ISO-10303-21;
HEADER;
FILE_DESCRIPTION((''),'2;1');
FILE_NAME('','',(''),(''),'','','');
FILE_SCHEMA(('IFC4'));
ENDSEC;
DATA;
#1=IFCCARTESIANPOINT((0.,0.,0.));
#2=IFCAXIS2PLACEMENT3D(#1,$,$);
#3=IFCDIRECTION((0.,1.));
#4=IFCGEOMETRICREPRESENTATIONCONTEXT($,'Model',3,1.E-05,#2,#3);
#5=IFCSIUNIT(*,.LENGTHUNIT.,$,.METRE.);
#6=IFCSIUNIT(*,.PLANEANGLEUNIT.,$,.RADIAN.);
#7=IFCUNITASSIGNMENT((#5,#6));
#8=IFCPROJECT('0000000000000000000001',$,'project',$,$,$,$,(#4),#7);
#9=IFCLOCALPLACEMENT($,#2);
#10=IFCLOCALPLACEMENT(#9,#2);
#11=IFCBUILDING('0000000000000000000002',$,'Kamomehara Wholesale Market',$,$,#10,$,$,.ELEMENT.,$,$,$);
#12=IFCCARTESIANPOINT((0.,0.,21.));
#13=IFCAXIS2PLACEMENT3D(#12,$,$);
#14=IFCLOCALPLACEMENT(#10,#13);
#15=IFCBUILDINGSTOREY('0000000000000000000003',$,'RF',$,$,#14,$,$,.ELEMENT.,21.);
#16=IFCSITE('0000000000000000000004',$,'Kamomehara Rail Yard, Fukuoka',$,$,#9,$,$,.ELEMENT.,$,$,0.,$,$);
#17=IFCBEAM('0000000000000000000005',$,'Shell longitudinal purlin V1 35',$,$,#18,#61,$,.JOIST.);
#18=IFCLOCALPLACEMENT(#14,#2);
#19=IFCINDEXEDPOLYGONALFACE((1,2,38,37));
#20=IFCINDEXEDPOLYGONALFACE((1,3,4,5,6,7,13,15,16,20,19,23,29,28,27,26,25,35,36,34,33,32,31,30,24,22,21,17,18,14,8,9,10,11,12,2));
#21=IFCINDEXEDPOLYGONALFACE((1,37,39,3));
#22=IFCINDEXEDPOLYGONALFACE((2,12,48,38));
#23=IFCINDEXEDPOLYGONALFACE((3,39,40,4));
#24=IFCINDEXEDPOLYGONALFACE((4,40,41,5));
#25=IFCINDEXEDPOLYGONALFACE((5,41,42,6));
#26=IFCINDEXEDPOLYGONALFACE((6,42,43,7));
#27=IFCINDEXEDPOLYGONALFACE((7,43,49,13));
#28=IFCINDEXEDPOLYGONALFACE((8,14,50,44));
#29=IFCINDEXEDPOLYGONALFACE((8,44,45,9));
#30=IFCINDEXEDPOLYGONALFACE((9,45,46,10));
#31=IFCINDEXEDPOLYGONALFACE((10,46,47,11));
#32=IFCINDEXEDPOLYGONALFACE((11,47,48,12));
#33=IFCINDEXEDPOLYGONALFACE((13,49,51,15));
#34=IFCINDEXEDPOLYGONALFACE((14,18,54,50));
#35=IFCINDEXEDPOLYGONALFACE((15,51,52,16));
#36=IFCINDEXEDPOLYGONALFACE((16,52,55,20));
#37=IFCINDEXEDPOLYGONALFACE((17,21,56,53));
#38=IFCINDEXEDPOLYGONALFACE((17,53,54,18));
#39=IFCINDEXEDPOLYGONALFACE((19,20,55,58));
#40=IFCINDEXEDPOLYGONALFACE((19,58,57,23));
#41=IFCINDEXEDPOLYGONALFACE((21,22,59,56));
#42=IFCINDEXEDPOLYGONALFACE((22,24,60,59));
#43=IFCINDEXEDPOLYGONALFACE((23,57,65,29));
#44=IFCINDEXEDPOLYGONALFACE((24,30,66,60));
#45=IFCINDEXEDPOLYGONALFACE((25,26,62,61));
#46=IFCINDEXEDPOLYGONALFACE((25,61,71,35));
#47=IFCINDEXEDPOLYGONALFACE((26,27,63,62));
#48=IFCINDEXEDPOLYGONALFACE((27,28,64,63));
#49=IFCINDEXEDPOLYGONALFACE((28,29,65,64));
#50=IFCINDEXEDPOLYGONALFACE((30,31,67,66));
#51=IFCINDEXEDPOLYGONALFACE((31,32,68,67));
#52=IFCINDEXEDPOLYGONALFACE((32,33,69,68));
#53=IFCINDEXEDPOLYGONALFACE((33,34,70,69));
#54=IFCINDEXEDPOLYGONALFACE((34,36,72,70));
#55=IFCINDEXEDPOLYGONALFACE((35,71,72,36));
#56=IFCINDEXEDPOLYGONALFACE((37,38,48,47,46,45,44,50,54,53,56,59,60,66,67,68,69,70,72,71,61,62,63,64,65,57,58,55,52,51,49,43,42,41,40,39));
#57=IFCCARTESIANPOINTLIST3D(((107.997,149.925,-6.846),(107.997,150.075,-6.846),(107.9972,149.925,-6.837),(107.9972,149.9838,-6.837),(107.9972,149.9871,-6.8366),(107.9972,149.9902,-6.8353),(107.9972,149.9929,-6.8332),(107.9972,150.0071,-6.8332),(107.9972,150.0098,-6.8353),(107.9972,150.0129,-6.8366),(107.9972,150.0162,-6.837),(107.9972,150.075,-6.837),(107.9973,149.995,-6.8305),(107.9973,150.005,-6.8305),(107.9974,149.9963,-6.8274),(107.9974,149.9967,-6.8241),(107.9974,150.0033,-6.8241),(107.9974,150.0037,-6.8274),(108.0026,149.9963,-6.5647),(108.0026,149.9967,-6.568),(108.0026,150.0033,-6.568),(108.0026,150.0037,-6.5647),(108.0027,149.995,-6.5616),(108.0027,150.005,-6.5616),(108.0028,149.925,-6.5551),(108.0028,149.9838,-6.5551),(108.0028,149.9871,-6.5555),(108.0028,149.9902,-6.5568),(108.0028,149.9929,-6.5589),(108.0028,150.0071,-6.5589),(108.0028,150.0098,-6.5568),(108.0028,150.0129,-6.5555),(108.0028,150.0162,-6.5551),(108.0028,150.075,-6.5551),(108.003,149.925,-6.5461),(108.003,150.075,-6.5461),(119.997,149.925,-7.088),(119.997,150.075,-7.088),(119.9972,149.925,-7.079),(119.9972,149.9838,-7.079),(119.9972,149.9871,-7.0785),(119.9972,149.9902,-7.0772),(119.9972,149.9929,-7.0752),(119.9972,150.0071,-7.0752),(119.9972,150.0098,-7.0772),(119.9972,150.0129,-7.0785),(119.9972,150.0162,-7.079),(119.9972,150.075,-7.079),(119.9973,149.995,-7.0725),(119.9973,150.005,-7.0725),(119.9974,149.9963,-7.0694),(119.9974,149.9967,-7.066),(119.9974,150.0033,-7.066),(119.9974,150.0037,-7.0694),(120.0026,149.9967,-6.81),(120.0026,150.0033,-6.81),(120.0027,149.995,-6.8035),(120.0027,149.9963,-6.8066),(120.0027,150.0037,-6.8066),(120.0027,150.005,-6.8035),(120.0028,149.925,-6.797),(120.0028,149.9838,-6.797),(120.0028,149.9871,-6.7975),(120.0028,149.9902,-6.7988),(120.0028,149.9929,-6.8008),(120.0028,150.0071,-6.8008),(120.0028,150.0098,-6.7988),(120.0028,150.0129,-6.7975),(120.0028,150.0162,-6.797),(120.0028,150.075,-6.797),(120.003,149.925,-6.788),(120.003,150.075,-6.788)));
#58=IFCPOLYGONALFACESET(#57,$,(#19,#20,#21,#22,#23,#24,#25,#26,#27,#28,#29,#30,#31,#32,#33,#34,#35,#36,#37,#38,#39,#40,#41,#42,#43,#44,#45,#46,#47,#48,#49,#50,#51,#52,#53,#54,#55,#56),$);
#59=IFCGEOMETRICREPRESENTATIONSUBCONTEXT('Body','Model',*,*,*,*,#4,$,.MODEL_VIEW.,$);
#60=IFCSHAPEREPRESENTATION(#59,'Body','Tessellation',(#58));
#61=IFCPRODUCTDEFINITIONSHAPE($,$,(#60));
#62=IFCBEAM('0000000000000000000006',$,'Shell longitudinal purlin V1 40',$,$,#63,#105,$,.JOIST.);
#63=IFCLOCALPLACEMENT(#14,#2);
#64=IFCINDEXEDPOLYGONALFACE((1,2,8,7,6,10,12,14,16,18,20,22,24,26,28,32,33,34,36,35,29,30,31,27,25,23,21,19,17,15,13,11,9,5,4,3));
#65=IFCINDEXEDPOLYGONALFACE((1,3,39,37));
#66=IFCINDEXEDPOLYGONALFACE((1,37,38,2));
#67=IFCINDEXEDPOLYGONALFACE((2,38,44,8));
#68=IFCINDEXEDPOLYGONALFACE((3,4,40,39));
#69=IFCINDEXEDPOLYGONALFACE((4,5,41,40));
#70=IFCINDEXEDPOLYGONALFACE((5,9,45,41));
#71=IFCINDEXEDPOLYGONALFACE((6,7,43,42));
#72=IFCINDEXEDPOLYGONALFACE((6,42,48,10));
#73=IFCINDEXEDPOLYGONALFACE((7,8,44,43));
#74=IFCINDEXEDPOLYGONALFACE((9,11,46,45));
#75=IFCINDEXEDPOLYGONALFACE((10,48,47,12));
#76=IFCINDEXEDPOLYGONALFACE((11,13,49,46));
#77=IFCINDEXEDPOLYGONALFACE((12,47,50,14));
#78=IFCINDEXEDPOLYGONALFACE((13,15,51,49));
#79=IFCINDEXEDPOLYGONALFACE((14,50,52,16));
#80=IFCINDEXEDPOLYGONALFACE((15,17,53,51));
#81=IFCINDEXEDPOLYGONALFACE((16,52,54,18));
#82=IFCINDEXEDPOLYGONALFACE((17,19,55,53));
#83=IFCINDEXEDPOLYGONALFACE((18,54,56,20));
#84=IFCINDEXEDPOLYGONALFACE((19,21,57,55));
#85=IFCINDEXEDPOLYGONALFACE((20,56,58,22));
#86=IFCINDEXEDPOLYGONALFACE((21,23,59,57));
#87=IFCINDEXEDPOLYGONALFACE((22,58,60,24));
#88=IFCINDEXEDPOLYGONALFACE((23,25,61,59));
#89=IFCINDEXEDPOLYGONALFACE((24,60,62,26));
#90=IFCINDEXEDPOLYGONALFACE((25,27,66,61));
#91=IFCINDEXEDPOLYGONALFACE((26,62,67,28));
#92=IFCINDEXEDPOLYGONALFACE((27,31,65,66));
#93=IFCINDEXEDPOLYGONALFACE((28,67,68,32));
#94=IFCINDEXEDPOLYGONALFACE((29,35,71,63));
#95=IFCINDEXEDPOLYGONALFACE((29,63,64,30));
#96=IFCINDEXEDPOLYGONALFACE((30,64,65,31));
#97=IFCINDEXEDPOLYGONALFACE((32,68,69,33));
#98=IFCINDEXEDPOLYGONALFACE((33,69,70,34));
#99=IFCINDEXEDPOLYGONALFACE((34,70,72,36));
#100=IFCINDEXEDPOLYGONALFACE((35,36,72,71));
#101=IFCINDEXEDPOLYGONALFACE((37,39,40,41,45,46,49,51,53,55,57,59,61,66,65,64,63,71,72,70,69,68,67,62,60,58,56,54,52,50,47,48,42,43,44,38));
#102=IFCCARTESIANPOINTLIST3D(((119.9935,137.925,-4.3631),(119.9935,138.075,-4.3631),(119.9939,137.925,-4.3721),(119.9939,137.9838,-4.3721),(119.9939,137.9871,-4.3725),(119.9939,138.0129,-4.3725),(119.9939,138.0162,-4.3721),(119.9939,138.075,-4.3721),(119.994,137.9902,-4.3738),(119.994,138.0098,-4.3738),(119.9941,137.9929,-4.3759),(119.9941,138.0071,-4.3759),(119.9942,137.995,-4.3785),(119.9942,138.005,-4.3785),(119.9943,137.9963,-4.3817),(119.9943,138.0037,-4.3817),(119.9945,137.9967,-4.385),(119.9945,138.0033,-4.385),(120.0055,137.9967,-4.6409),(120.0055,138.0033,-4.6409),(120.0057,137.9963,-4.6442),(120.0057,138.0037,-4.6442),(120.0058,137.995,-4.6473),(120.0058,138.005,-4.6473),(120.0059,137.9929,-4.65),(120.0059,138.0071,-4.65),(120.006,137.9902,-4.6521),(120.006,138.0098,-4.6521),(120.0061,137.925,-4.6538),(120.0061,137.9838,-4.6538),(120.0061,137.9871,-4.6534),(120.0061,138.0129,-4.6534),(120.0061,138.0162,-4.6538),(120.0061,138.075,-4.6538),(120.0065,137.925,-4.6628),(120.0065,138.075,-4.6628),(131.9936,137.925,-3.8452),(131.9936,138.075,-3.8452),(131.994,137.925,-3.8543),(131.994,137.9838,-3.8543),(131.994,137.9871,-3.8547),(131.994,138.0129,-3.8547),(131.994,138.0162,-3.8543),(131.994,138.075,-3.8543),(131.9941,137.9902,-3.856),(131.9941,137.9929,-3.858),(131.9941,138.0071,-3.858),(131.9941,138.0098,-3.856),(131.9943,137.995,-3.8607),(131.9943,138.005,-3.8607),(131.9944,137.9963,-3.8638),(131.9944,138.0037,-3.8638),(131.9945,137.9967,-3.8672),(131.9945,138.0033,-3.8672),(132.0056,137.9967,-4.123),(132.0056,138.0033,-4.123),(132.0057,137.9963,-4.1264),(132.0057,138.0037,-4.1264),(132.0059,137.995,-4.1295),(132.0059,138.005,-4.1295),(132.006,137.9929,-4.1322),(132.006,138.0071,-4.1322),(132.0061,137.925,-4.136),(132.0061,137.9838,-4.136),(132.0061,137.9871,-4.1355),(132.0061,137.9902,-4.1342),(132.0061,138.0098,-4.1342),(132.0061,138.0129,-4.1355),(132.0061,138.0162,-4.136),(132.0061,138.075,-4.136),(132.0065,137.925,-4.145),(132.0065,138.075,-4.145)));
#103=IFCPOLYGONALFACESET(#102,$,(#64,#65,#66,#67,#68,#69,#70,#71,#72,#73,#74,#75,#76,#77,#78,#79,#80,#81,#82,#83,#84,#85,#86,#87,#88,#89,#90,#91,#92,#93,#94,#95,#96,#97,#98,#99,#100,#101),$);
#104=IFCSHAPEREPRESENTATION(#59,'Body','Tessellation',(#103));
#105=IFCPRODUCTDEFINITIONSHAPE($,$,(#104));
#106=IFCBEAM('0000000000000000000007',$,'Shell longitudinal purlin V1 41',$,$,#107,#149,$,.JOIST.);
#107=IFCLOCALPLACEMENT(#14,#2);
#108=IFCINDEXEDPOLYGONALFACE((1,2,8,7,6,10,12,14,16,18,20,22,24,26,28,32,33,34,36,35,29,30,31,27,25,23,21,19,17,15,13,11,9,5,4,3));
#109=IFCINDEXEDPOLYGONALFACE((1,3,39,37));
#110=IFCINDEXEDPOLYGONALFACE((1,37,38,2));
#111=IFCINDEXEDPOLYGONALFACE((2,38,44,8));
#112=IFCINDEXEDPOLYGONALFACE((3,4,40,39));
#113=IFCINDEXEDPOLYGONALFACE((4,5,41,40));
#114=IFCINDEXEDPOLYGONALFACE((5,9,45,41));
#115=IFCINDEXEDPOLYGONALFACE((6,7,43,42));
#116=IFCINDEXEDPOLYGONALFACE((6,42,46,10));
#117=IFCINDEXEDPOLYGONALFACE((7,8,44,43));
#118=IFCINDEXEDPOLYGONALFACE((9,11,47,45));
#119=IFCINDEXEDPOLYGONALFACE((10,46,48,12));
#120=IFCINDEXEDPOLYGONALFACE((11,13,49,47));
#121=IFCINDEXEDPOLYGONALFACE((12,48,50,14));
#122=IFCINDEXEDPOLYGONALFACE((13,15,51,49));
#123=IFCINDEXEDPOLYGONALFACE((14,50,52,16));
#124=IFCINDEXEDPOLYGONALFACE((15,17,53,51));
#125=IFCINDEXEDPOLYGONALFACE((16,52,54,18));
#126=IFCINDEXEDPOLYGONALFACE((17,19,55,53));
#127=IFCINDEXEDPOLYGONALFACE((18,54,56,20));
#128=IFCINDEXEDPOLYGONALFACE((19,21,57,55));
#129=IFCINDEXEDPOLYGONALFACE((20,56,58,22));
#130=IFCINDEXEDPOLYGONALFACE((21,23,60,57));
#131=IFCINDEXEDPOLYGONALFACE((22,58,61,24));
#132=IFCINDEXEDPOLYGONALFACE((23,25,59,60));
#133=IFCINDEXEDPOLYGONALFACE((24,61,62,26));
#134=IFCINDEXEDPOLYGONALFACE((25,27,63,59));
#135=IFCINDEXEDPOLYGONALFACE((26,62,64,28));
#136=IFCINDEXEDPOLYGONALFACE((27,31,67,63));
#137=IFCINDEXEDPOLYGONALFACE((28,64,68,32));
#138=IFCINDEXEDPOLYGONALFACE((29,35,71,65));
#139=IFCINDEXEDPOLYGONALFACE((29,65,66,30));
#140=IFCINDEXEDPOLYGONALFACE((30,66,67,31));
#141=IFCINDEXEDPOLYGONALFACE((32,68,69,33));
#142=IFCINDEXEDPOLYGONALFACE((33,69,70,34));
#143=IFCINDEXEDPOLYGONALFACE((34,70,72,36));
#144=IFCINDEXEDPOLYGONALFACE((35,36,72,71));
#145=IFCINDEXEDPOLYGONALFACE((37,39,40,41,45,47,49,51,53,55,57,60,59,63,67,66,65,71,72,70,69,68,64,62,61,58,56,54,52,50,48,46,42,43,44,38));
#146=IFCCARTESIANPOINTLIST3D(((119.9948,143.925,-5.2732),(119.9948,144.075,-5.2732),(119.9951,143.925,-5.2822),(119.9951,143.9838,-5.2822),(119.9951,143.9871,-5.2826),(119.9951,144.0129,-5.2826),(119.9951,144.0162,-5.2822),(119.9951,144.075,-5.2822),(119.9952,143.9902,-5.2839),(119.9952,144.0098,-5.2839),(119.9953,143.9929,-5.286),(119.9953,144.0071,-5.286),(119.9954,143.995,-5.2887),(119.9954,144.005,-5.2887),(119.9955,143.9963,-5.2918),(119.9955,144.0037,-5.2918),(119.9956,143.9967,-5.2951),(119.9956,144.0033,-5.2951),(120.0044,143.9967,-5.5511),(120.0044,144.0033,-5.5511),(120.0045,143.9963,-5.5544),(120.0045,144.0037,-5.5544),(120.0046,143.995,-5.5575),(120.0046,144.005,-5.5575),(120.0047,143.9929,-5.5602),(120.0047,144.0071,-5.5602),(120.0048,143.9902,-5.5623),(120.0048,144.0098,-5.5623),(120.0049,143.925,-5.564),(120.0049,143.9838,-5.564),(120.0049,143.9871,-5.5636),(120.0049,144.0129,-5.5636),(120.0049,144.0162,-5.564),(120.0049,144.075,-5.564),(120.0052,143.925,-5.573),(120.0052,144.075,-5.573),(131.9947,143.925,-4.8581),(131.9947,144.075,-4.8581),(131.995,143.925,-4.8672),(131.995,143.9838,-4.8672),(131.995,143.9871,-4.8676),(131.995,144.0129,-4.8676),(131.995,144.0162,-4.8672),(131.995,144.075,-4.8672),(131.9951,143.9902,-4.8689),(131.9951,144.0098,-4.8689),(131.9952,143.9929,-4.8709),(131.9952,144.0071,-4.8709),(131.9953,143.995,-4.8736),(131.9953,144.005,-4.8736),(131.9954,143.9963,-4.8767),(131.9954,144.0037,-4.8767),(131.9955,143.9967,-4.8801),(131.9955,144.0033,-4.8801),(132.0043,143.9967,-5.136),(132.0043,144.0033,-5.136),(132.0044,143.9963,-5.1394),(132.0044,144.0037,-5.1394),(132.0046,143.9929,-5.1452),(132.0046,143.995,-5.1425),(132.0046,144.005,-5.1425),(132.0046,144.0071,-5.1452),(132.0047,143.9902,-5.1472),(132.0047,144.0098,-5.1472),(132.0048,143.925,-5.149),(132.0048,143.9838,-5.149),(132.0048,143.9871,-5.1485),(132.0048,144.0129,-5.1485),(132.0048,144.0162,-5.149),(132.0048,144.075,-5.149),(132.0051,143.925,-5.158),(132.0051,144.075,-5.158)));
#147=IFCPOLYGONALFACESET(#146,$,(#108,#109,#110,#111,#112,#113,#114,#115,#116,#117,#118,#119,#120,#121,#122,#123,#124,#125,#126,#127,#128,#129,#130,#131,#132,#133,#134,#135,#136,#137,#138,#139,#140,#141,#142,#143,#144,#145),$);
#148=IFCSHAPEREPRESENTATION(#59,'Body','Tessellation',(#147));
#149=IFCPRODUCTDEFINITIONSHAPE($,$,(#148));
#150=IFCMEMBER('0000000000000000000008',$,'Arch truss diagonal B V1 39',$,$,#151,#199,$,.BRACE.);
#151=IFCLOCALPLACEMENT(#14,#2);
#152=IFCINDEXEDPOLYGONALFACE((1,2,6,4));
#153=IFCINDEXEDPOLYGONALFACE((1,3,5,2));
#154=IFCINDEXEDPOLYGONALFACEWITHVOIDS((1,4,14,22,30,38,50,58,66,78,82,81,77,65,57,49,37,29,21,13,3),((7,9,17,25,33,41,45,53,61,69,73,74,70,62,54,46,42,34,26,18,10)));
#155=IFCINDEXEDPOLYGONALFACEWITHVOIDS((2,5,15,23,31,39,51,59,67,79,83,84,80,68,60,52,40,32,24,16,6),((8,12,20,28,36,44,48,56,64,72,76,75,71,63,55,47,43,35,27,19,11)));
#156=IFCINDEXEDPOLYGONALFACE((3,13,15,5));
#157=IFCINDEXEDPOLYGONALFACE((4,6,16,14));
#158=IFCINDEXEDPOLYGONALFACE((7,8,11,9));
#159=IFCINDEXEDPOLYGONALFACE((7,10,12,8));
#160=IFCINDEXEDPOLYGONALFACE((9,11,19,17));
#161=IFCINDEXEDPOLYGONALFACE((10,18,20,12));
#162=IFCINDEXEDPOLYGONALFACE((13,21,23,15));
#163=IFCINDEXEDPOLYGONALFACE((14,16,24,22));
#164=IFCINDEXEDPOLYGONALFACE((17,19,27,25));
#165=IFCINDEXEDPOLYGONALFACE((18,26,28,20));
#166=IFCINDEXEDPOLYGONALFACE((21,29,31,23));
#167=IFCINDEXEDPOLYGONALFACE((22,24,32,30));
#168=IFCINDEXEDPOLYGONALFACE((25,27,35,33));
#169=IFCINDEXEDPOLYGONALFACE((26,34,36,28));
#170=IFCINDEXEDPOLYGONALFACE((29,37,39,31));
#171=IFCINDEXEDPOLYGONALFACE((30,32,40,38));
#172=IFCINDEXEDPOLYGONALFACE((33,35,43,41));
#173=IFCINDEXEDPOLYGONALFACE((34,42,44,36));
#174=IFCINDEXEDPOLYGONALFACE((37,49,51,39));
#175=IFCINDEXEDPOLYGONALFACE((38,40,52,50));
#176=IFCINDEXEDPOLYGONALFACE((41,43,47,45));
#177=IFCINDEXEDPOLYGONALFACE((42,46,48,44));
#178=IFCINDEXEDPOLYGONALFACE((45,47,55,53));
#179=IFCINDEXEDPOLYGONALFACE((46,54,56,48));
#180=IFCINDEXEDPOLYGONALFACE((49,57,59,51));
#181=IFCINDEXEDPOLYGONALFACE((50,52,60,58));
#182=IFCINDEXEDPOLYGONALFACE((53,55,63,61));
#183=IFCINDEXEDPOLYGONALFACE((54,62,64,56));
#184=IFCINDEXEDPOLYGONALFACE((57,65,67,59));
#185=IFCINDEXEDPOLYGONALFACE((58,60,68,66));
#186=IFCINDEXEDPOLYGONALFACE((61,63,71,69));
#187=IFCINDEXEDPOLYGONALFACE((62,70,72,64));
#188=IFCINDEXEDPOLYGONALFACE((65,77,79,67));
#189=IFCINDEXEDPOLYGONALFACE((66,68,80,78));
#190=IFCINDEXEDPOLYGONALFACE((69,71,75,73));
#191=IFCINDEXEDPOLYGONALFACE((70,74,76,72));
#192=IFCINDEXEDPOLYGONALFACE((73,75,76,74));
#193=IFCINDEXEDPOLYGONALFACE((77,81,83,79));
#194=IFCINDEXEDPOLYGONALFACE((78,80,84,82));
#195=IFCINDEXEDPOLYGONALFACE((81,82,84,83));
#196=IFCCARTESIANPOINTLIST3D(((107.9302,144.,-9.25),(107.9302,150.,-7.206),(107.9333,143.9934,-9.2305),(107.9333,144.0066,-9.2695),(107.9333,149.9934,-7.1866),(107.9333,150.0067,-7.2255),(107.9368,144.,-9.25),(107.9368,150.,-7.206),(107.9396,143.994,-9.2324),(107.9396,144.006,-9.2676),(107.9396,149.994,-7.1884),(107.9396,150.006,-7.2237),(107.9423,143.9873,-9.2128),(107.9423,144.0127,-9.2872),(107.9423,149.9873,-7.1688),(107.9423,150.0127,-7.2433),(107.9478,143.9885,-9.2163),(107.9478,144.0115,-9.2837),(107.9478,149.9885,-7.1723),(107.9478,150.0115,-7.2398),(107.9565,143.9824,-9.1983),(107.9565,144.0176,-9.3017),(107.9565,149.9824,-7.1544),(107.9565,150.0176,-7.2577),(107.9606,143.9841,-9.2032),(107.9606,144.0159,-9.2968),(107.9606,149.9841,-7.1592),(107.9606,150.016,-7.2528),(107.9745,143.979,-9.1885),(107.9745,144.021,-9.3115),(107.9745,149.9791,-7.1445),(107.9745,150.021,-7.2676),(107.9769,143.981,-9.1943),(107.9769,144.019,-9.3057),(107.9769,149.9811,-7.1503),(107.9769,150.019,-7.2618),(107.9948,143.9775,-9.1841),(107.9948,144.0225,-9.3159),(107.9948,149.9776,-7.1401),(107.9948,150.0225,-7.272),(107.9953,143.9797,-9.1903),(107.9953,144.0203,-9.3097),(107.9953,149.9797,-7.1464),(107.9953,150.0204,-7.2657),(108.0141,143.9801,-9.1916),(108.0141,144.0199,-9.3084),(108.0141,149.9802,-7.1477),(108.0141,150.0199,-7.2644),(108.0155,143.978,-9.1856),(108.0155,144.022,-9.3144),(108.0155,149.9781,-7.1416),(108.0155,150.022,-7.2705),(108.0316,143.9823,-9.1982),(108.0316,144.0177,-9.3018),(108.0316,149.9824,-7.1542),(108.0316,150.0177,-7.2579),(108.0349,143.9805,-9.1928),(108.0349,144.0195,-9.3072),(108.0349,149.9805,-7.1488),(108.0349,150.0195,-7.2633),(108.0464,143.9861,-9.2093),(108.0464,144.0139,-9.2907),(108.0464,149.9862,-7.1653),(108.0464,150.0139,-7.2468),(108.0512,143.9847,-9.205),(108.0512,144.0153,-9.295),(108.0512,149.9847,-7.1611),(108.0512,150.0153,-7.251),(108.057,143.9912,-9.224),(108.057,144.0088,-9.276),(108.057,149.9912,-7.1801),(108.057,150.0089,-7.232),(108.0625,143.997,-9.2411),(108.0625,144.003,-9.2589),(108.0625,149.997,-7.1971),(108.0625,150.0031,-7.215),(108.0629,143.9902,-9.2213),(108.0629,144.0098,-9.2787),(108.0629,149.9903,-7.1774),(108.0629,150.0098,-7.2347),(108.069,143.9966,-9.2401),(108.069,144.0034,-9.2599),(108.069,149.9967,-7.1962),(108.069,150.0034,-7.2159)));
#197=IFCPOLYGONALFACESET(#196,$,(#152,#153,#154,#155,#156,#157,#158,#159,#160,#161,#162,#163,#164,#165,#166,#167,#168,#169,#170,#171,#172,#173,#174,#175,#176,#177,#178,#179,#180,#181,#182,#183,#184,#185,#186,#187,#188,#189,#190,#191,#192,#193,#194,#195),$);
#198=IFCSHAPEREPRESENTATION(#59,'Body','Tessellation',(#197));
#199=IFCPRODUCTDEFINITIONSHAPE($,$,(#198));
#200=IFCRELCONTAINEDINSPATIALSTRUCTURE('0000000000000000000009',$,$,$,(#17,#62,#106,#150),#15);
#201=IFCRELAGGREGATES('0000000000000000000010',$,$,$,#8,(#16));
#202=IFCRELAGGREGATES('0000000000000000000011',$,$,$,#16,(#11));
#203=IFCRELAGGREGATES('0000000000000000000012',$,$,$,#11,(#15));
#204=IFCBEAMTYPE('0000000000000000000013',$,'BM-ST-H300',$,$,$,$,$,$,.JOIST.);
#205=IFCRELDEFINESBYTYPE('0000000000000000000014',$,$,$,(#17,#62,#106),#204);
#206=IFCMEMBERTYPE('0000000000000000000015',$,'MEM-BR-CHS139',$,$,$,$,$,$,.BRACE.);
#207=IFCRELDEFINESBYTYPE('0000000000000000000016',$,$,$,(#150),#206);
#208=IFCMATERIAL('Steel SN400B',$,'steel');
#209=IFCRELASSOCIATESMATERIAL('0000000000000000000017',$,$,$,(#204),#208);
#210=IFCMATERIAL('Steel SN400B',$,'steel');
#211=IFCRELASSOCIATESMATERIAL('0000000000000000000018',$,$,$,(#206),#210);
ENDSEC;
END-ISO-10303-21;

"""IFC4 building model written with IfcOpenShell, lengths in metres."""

from ifc_helpers import new_model, si_unit, direction, frame, origin, origin_2d, place, context, subcontext, project, spatial, hollow_circle, i_section, extrude, material, material_profile, profile_set, type_object, element, save


model = new_model("IFC4")

# Units and contexts
model_context = context("Model", 3, precision=1e-05, world=origin(), true_north=direction((0.0, 1.0)))
body_context = subcontext(model_context, "Body", "Model", "MODEL_VIEW")
ifc_project = project(units=[si_unit("LENGTHUNIT", "METRE"), si_unit("PLANEANGLEUNIT", "RADIAN")], contexts=[model_context])

# Site, building, storey
site_placement = place(None, origin())
site = spatial("IfcSite", under=ifc_project, at=site_placement, Name="Kamomehara Rail Yard, Fukuoka", CompositionType="ELEMENT", RefElevation=0.0)
building_placement = place(site_placement, origin())
building = spatial("IfcBuilding", under=site, at=building_placement, Name="Kamomehara Wholesale Market", CompositionType="ELEMENT")
storey_placement = place(building_placement, frame((0.0, 0.0, 21.0)))
storey = spatial("IfcBuildingStorey", under=building, at=storey_placement, Name="RF", CompositionType="ELEMENT", Elevation=21.0)

# Beams
ifc_material_1 = material(Name="Steel SN400B", Category="steel")
ifc_material_profile_1 = material_profile(ifc_material_1, i_section(OverallWidth=0.1499, OverallDepth=0.3, WebThickness=0.0066, FlangeThickness=0.009, FilletRadius=0.0129, at=origin_2d()), Name="H-300x150x6.5x9")
ifc_profile_set_1 = profile_set([ifc_material_profile_1], Name="Steel SN400B")
beam_type_1 = type_object("IfcBeamType", Name="BM-ST-H300", PredefinedType="JOIST", material=ifc_profile_set_1)
beam_1_placement = place(storey_placement, frame((108.0, 150.0, -6.696), z_axis=(0.999797, 0.0, -0.020158), x_axis=(0.0, 1.0, 0.0)))
element("IfcBeam", 1, at=beam_1_placement, inside=storey, type_object=beam_type_1, Name="Shell longitudinal purlin V1 35", PredefinedType="JOIST", context=body_context, shape_type="SweptSolid", body=[
    extrude(i_section(OverallWidth=0.1499, OverallDepth=0.3, WebThickness=0.0066, FlangeThickness=0.009, FilletRadius=0.0129, at=origin_2d()), origin(), (0.0, 0.0, 1.0), 12.0024),
])
beam_2_placement = place(storey_placement, frame((120.0, 138.0, -4.5129), z_axis=(0.99907, 0.0, 0.043112), x_axis=(0.0, 1.0, 0.0)))
element("IfcBeam", 2, at=beam_2_placement, inside=storey, type_object=beam_type_1, Name="Shell longitudinal purlin V1 40", PredefinedType="JOIST", context=body_context, shape_type="SweptSolid", body=[
    extrude(i_section(OverallWidth=0.1499, OverallDepth=0.3, WebThickness=0.0066, FlangeThickness=0.009, FilletRadius=0.0129, at=origin_2d()), origin(), (0.0, 0.0, 1.0), 12.0112),
])
beam_3_placement = place(storey_placement, frame((120.0, 144.0, -5.4231), z_axis=(0.999402, 0.0, 0.034566), x_axis=(0.0, 1.0, 0.0)))
element("IfcBeam", 3, at=beam_3_placement, inside=storey, type_object=beam_type_1, Name="Shell longitudinal purlin V1 41", PredefinedType="JOIST", context=body_context, shape_type="SweptSolid", body=[
    extrude(i_section(OverallWidth=0.1499, OverallDepth=0.3, WebThickness=0.0066, FlangeThickness=0.009, FilletRadius=0.0129, at=origin_2d()), origin(), (0.0, 0.0, 1.0), 12.0071),
])

# Member
ifc_material_2 = material(Name="Steel SN400B", Category="steel")
ifc_material_profile_2 = material_profile(ifc_material_2, hollow_circle(Radius=0.0698, WallThickness=0.0066, at=origin_2d()), Name="CHS-139.8x6.6")
ifc_profile_set_2 = profile_set([ifc_material_profile_2], Name="Steel SN400B")
member_type_1 = type_object("IfcMemberType", Name="MEM-BR-CHS139", PredefinedType="BRACE", material=ifc_profile_set_2)
member_1_placement = place(storey_placement, frame((108.0, 144.0, -9.25), z_axis=(0.0, 0.946583, 0.322461), x_axis=(-1.0, 0.0, 0.0)))
element("IfcMember", 4, at=member_1_placement, inside=storey, type_object=member_type_1, Name="Arch truss diagonal B V1 39", PredefinedType="BRACE", context=body_context, shape_type="SweptSolid", body=[
    extrude(hollow_circle(Radius=0.0698, WallThickness=0.0066, at=origin_2d()), origin(), (0.0, 0.0, 1.0), 6.3386),
])

save(model, "model.ifc")
